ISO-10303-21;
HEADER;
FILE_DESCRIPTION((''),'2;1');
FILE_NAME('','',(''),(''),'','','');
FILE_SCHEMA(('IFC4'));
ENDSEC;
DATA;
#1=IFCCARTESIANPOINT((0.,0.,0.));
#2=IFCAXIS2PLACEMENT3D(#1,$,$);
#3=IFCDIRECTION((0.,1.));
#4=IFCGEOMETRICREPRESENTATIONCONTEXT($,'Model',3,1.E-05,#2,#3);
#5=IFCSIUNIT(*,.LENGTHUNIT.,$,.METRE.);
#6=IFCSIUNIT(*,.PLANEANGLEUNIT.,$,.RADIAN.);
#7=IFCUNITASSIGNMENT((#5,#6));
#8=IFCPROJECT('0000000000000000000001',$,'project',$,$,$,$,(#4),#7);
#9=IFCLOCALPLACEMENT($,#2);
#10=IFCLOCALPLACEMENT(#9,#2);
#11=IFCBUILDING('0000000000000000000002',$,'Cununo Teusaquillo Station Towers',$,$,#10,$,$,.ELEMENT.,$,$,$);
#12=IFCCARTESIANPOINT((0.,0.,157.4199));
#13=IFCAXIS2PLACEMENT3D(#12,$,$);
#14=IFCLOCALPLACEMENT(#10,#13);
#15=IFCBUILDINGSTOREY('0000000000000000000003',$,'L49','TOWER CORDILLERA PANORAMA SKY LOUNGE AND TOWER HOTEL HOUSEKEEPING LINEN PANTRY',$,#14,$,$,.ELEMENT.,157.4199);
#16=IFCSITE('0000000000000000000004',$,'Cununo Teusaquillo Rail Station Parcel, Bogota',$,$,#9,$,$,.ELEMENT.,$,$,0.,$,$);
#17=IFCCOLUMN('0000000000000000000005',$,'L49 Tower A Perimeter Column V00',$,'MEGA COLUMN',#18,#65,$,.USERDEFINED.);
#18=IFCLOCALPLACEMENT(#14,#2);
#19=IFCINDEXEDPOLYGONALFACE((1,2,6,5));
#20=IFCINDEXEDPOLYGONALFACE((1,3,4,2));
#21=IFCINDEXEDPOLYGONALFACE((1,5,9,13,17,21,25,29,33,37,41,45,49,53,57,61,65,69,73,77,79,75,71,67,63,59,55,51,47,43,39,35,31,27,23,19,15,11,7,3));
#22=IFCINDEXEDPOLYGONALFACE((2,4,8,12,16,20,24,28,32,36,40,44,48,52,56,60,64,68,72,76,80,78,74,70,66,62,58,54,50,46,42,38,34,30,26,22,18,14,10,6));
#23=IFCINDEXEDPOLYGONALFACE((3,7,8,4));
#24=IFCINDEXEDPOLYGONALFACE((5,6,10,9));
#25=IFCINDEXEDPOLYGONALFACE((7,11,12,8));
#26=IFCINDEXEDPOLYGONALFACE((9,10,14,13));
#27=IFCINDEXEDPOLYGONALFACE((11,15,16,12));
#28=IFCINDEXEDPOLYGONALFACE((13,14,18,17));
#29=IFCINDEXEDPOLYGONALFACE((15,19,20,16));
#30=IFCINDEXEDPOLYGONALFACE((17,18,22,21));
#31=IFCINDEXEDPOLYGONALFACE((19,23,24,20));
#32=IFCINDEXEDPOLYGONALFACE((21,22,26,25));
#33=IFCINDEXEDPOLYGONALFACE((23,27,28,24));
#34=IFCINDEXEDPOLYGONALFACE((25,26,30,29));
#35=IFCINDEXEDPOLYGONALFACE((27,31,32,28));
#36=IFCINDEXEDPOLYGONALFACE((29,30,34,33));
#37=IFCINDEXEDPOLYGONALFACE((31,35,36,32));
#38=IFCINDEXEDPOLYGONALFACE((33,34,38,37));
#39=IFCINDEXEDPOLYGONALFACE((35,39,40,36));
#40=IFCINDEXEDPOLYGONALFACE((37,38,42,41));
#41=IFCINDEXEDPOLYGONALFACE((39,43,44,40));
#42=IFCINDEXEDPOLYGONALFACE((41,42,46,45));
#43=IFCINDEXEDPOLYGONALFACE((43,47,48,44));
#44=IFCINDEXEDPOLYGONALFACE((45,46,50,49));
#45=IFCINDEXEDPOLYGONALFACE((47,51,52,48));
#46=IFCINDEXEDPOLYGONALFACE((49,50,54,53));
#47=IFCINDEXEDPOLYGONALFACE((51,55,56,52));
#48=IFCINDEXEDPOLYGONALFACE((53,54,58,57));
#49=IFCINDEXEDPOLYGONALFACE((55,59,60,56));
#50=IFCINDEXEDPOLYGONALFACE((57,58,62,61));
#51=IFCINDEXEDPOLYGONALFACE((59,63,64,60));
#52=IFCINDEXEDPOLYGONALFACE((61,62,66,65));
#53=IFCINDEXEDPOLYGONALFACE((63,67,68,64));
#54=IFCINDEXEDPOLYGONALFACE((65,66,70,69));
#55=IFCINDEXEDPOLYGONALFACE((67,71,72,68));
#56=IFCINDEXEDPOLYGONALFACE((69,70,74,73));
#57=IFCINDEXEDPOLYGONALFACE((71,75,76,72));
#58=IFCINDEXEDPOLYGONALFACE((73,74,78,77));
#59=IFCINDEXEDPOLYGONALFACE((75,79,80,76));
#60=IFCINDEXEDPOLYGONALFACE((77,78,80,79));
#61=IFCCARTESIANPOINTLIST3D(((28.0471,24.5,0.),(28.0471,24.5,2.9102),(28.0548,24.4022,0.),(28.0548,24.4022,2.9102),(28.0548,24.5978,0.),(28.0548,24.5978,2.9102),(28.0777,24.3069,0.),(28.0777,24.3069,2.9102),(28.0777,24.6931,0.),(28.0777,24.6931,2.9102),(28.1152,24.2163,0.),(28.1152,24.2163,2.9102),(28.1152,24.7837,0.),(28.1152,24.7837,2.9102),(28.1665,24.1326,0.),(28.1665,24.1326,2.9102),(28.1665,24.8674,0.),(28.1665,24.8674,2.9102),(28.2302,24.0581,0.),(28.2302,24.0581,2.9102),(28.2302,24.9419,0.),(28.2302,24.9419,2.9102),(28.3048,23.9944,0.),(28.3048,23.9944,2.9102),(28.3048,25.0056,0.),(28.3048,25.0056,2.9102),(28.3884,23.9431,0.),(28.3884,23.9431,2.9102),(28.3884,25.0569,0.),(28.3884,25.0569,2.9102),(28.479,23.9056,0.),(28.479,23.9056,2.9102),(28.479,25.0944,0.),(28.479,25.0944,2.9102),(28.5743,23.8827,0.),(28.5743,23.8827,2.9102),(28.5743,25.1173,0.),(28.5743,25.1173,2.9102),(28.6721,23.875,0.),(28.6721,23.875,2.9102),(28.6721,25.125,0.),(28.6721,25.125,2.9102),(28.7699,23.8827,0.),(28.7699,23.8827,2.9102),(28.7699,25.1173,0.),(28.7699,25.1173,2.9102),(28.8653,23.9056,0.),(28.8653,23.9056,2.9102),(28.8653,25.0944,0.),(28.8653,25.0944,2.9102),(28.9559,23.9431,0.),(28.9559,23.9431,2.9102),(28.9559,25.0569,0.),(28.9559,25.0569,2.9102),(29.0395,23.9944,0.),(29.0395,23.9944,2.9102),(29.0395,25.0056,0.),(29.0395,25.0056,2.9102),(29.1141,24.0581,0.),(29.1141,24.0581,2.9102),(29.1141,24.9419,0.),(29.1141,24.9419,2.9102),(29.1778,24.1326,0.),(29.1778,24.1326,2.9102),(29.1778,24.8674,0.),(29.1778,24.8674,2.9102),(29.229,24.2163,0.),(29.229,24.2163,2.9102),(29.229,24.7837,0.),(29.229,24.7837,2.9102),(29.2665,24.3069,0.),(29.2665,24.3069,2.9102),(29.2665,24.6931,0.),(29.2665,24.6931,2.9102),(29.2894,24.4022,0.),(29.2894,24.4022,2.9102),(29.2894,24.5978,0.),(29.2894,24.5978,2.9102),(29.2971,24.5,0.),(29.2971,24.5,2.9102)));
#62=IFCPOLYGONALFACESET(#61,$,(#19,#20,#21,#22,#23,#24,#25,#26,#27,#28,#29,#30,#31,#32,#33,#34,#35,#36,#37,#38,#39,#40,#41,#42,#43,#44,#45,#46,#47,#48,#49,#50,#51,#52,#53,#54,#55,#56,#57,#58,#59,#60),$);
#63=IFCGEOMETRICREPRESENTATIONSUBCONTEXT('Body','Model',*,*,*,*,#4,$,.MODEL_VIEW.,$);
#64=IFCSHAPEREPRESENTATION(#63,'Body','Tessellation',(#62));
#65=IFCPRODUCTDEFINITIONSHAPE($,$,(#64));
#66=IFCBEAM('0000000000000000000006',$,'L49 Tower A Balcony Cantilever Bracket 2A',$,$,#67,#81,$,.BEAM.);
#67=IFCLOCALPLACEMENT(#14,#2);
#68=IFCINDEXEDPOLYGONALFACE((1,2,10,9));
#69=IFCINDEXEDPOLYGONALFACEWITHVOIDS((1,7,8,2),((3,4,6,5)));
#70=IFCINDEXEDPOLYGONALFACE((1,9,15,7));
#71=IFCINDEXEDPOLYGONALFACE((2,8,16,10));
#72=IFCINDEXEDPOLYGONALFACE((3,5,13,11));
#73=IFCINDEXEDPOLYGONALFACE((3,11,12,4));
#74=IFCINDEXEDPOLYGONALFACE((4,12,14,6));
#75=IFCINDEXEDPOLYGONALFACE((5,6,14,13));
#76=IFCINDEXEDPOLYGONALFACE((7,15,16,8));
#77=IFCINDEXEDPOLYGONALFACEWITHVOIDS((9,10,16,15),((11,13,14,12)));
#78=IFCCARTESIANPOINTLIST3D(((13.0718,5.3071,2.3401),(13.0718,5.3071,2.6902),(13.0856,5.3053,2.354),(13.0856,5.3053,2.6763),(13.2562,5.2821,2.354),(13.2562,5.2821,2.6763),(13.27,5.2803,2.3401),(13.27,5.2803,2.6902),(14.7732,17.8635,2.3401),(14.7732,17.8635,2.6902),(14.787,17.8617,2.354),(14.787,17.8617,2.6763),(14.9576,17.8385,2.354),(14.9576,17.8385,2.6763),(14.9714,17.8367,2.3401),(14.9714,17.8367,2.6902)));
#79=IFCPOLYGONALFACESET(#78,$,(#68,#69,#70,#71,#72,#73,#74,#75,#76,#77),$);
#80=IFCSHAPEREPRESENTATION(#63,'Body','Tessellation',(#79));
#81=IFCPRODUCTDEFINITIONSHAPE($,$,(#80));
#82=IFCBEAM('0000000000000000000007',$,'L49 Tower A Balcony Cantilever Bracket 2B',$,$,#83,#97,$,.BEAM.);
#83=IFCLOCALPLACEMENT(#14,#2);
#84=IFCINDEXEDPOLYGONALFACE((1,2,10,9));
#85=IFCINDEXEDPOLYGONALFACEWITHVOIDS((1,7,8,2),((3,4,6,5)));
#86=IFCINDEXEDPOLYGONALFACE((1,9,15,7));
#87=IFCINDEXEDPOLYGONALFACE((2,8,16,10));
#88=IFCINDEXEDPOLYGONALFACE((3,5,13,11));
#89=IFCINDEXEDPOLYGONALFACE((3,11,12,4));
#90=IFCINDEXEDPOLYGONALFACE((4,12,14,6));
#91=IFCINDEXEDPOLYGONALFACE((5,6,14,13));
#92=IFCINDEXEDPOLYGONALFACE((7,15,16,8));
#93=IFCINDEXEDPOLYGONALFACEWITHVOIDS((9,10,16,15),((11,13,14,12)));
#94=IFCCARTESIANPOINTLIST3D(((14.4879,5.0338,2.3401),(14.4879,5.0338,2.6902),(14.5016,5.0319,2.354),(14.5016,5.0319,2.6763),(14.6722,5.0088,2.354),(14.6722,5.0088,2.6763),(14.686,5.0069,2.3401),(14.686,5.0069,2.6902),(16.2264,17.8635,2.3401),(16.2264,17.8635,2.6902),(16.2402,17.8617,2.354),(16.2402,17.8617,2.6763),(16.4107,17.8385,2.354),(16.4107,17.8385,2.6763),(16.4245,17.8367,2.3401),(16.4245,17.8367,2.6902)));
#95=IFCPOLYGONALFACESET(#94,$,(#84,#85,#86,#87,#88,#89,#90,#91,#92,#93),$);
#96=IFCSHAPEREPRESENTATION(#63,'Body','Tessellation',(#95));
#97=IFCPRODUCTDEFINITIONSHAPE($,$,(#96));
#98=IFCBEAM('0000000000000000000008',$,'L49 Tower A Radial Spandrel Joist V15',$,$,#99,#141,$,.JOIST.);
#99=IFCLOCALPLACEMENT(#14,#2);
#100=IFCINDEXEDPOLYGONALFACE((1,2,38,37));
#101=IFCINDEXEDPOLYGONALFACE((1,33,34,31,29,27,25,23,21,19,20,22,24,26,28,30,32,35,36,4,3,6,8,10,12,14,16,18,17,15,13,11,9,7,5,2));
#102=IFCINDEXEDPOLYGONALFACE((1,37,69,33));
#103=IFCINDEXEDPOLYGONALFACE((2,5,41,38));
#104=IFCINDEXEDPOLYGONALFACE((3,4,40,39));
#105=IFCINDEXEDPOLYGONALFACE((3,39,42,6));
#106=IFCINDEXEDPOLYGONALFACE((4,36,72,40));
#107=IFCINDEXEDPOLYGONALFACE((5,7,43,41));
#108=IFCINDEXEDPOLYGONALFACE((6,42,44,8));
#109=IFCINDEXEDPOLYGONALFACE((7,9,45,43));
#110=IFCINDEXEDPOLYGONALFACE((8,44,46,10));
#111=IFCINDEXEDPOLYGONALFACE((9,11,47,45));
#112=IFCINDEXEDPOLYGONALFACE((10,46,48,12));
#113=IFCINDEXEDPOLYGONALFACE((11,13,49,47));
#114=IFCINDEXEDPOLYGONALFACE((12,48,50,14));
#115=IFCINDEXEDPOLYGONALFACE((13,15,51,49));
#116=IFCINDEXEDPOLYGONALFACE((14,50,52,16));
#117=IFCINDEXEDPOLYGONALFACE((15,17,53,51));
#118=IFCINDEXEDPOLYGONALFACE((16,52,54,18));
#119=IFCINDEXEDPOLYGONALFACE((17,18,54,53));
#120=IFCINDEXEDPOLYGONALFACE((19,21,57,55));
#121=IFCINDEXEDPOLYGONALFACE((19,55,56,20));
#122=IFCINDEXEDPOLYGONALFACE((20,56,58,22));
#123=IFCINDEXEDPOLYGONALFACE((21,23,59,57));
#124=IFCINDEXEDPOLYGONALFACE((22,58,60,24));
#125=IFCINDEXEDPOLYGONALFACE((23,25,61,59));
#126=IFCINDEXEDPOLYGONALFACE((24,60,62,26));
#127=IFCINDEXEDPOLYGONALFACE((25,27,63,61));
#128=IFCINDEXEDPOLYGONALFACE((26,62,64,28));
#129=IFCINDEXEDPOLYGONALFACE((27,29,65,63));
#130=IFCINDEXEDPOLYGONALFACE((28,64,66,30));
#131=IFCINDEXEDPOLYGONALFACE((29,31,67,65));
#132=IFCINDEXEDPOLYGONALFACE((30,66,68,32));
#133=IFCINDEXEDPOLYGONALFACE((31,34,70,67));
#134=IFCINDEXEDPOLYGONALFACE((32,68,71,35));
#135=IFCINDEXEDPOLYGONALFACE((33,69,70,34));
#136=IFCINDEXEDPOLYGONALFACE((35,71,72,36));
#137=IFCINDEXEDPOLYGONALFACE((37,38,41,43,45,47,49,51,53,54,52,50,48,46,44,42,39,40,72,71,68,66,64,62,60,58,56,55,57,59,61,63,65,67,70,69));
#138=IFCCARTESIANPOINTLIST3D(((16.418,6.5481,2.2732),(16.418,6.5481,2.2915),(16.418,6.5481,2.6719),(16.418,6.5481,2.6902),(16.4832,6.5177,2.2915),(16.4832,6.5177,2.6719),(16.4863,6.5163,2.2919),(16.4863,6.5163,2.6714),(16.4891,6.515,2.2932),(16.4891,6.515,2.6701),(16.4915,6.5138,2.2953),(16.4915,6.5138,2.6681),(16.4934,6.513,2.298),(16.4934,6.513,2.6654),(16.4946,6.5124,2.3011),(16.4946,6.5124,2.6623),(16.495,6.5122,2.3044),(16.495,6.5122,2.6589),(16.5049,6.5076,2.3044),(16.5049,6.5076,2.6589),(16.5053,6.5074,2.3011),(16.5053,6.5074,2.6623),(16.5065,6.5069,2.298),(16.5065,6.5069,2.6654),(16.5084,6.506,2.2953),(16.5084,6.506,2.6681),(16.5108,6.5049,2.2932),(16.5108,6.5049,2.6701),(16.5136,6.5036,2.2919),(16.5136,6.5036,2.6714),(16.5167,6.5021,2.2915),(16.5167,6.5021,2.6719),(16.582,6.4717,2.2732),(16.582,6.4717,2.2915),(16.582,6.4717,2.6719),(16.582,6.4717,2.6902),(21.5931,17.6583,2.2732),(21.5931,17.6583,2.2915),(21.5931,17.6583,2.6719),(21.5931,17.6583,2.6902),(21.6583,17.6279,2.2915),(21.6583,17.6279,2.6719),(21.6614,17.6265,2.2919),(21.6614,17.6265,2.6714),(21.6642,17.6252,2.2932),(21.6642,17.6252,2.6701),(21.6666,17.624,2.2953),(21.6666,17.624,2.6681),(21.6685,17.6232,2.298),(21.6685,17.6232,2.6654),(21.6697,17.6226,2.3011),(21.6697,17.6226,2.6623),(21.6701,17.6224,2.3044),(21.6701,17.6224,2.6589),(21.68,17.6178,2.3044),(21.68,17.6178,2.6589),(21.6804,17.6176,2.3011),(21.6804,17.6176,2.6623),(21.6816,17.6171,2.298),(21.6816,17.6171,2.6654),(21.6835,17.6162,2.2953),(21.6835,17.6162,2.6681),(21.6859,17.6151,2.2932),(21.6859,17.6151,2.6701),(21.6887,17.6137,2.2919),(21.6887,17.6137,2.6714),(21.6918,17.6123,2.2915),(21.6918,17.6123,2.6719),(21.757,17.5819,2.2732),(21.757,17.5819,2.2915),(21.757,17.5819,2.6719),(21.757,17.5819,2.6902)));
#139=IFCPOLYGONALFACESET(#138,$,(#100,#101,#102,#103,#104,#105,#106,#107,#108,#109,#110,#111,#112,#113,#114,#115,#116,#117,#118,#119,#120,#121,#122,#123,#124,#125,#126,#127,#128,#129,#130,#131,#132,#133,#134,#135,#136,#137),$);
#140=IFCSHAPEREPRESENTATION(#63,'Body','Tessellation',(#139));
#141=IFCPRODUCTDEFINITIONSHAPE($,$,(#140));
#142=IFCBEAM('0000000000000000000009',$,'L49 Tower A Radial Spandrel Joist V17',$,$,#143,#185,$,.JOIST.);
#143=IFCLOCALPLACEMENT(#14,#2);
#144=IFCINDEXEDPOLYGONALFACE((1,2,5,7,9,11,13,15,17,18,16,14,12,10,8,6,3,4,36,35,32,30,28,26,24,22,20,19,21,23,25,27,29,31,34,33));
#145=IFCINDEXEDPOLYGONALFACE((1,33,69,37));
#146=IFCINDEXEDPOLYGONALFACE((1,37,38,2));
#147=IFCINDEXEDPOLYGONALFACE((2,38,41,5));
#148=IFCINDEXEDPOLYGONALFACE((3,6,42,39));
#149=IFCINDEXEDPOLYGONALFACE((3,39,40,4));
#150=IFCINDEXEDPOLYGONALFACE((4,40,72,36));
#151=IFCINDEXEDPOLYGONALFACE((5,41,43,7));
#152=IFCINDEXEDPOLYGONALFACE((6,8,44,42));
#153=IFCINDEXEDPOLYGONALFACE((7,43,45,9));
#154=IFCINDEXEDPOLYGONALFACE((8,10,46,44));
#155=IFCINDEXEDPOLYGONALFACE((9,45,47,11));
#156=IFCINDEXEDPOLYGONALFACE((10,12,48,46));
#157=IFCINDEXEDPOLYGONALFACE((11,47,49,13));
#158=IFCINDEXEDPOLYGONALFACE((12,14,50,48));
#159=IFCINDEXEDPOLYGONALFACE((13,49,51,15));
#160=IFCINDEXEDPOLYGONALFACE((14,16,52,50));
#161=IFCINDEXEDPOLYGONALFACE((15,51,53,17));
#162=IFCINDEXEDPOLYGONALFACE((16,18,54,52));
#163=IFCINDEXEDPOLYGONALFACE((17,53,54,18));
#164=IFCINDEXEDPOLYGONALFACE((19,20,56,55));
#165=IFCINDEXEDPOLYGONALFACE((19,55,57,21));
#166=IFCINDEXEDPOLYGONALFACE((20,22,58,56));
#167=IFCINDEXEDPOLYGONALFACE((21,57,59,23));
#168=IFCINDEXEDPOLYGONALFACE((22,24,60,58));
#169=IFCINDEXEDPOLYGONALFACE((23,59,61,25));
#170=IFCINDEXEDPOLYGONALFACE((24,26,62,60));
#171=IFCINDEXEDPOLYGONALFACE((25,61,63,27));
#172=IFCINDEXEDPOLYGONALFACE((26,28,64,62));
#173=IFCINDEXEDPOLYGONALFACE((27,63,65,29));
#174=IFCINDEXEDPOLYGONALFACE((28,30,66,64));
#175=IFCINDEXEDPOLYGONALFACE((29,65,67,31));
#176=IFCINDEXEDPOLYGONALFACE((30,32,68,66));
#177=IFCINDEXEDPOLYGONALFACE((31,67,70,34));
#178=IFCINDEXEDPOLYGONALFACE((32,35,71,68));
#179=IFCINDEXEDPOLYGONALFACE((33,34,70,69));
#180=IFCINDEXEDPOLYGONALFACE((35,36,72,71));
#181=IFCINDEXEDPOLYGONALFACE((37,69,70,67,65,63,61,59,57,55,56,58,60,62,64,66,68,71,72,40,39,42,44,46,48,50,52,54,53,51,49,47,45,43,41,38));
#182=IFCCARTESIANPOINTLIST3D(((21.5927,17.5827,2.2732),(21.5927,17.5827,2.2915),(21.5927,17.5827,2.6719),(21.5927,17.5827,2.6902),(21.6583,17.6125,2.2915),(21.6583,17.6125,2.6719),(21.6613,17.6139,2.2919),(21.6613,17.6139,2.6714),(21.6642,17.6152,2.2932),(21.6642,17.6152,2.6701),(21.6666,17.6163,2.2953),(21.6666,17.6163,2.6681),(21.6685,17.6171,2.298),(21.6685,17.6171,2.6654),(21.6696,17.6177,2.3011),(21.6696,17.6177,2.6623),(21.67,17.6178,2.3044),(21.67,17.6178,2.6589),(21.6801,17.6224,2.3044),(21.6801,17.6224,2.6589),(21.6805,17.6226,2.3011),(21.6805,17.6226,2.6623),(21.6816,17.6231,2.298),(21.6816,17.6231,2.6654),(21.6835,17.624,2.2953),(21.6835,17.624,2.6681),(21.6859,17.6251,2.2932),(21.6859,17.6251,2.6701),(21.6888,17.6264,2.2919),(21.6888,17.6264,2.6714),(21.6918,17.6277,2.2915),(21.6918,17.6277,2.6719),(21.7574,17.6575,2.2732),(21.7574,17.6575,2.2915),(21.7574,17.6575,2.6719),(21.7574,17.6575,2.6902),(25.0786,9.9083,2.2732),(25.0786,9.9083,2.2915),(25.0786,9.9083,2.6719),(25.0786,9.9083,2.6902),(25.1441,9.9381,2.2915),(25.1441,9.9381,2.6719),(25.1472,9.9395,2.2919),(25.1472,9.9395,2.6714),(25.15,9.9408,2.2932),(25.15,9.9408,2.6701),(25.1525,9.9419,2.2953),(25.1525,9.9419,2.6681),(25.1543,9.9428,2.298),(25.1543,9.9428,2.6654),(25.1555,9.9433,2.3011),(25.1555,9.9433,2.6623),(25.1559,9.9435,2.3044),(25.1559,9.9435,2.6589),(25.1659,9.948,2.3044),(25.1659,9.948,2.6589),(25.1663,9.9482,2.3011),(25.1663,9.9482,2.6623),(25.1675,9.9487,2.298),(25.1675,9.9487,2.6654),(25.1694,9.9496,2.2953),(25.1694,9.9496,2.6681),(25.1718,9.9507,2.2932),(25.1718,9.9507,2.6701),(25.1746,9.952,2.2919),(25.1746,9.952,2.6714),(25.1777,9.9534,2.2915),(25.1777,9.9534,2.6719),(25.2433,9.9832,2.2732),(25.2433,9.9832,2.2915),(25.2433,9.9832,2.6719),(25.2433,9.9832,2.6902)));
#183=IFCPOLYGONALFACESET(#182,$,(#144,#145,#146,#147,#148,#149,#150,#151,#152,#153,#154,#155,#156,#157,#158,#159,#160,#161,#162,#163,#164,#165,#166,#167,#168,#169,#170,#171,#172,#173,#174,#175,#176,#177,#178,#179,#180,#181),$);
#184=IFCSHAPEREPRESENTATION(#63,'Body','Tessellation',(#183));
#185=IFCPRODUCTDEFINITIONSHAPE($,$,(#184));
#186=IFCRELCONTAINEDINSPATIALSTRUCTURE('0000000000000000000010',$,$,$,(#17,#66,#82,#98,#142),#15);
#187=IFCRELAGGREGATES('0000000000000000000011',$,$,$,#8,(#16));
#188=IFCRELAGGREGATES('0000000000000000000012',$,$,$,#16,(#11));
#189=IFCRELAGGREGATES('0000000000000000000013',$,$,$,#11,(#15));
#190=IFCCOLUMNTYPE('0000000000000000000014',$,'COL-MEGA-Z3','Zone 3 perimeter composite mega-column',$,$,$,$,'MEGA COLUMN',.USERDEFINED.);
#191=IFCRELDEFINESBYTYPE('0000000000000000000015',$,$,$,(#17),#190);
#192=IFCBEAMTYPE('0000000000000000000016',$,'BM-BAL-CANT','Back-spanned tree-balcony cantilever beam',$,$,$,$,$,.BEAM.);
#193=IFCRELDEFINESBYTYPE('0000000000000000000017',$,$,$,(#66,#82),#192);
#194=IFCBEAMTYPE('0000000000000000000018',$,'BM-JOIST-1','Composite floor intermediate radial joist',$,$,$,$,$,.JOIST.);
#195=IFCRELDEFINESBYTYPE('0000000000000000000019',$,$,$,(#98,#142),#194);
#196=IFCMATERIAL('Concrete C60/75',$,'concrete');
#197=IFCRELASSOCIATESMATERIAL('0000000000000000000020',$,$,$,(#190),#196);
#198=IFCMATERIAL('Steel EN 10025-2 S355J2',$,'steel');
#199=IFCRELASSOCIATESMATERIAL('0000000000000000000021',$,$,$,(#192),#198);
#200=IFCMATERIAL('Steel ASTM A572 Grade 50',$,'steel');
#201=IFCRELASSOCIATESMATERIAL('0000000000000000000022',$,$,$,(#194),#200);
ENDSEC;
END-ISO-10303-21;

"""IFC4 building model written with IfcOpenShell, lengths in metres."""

from ifc_helpers import new_model, si_unit, direction, frame, origin, origin_2d, place, context, subcontext, project, spatial, hollow_rectangle, circle, i_section, extrude, material, material_profile, profile_set, type_object, element, save


model = new_model("IFC4")

# Units and contexts
model_context = context("Model", 3, precision=1e-05, world=origin(), true_north=direction((0.0, 1.0)))
body_context = subcontext(model_context, "Body", "Model", "MODEL_VIEW")
ifc_project = project(units=[si_unit("LENGTHUNIT", "METRE"), si_unit("PLANEANGLEUNIT", "RADIAN")], contexts=[model_context])

# Site, building, storey
site_placement = place(None, origin())
site = spatial("IfcSite", under=ifc_project, at=site_placement, Name="Cununo Teusaquillo Rail Station Parcel, Bogota", CompositionType="ELEMENT", RefElevation=0.0)
building_placement = place(site_placement, origin())
building = spatial("IfcBuilding", under=site, at=building_placement, Name="Cununo Teusaquillo Station Towers", CompositionType="ELEMENT")
storey_placement = place(building_placement, frame((0.0, 0.0, 157.4199)))
storey = spatial("IfcBuildingStorey", under=building, at=storey_placement, Name="L49", Description="TOWER CORDILLERA PANORAMA SKY LOUNGE AND TOWER HOTEL HOUSEKEEPING LINEN PANTRY", CompositionType="ELEMENT", Elevation=157.4199)

# Column
ifc_material_1 = material(Name="Concrete C60/75", Category="concrete")
ifc_material_profile_1 = material_profile(ifc_material_1, circle(Radius=0.625, at=origin_2d()), Name="RC-CIRC-1250")
ifc_profile_set_1 = profile_set([ifc_material_profile_1], Name="Concrete C60/75")
column_type = type_object("IfcColumnType", Name="COL-MEGA-Z3", Description="Zone 3 perimeter composite mega-column", ElementType="MEGA COLUMN", PredefinedType="USERDEFINED", material=ifc_profile_set_1)
column_placement = place(storey_placement, frame((28.6721, 24.5, 0.0), z_axis=(0.0, 0.0, 1.0), x_axis=(1.0, 0.0, 0.0)))
element("IfcColumn", 1, at=column_placement, inside=storey, type_object=column_type, Name="L49 Tower A Perimeter Column V00", ObjectType="MEGA COLUMN", PredefinedType="USERDEFINED", context=body_context, shape_type="SweptSolid", body=[
    extrude(circle(Radius=0.625, at=origin_2d()), origin(), (0.0, 0.0, 1.0), 2.9102),
])

# Beams
ifc_material_2 = material(Name="Steel EN 10025-2 S355J2", Category="steel")
ifc_material_profile_2 = material_profile(ifc_material_2, hollow_rectangle(XDim=0.2, YDim=0.3501, WallThickness=0.0139, at=origin_2d()), Name="RHS 350x200x14")
ifc_profile_set_2 = profile_set([ifc_material_profile_2], Name="Steel EN 10025-2 S355J2")
beam_type_1 = type_object("IfcBeamType", Name="BM-BAL-CANT", Description="Back-spanned tree-balcony cantilever beam", PredefinedType="BEAM", material=ifc_profile_set_2)
beam_1_placement = place(storey_placement, frame((14.8723, 17.8501, 2.5151), z_axis=(-0.134275, -0.990944, 0.0), x_axis=(0.990944, -0.134275, 0.0)))
element("IfcBeam", 2, at=beam_1_placement, inside=storey, type_object=beam_type_1, Name="L49 Tower A Balcony Cantilever Bracket 2A", PredefinedType="BEAM", context=body_context, shape_type="SweptSolid", body=[
    extrude(hollow_rectangle(XDim=0.2, YDim=0.3501, WallThickness=0.0139, at=origin_2d()), origin(), (0.0, 0.0, 1.0), 12.6711),
])
beam_2_placement = place(storey_placement, frame((16.3254, 17.8501, 2.5151), z_axis=(-0.134279, -0.990944, 0.0), x_axis=(0.990944, -0.134279, 0.0)))
element("IfcBeam", 3, at=beam_2_placement, inside=storey, type_object=beam_type_1, Name="L49 Tower A Balcony Cantilever Bracket 2B", PredefinedType="BEAM", context=body_context, shape_type="SweptSolid", body=[
    extrude(hollow_rectangle(XDim=0.2, YDim=0.3501, WallThickness=0.0139, at=origin_2d()), origin(), (0.0, 0.0, 1.0), 12.947),
])
ifc_material_3 = material(Name="Steel ASTM A572 Grade 50", Category="steel")
ifc_material_profile_3 = material_profile(ifc_material_3, i_section(OverallWidth=0.1809, OverallDepth=0.417, WebThickness=0.011, FlangeThickness=0.0183, FilletRadius=0.0129, at=origin_2d()), Name="W16X57")
ifc_profile_set_3 = profile_set([ifc_material_profile_3], Name="Steel ASTM A572 Grade 50")
beam_type_2 = type_object("IfcBeamType", Name="BM-JOIST-1", Description="Composite floor intermediate radial joist", PredefinedType="JOIST", material=ifc_profile_set_3)
beam_3_placement = place(storey_placement, frame((21.675, 17.6201, 2.4817), z_axis=(-0.422238, -0.906485, 0.0), x_axis=(0.906485, -0.422238, 0.0)))
element("IfcBeam", 4, at=beam_3_placement, inside=storey, type_object=beam_type_2, Name="L49 Tower A Radial Spandrel Joist V15", PredefinedType="JOIST", context=body_context, shape_type="SweptSolid", body=[
    extrude(i_section(OverallWidth=0.1809, OverallDepth=0.417, WebThickness=0.011, FlangeThickness=0.0183, FilletRadius=0.0129, at=origin_2d()), origin(), (0.0, 0.0, 1.0), 12.2563),
])
beam_4_placement = place(storey_placement, frame((21.675, 17.6201, 2.4817), z_axis=(0.413559, -0.910478, 0.0), x_axis=(0.910478, 0.413559, 0.0)))
element("IfcBeam", 5, at=beam_4_placement, inside=storey, type_object=beam_type_2, Name="L49 Tower A Radial Spandrel Joist V17", PredefinedType="JOIST", context=body_context, shape_type="SweptSolid", body=[
    extrude(i_section(OverallWidth=0.1809, OverallDepth=0.417, WebThickness=0.011, FlangeThickness=0.0183, FilletRadius=0.0129, at=origin_2d()), origin(), (0.0, 0.0, 1.0), 8.429),
])

save(model, "model.ifc")
